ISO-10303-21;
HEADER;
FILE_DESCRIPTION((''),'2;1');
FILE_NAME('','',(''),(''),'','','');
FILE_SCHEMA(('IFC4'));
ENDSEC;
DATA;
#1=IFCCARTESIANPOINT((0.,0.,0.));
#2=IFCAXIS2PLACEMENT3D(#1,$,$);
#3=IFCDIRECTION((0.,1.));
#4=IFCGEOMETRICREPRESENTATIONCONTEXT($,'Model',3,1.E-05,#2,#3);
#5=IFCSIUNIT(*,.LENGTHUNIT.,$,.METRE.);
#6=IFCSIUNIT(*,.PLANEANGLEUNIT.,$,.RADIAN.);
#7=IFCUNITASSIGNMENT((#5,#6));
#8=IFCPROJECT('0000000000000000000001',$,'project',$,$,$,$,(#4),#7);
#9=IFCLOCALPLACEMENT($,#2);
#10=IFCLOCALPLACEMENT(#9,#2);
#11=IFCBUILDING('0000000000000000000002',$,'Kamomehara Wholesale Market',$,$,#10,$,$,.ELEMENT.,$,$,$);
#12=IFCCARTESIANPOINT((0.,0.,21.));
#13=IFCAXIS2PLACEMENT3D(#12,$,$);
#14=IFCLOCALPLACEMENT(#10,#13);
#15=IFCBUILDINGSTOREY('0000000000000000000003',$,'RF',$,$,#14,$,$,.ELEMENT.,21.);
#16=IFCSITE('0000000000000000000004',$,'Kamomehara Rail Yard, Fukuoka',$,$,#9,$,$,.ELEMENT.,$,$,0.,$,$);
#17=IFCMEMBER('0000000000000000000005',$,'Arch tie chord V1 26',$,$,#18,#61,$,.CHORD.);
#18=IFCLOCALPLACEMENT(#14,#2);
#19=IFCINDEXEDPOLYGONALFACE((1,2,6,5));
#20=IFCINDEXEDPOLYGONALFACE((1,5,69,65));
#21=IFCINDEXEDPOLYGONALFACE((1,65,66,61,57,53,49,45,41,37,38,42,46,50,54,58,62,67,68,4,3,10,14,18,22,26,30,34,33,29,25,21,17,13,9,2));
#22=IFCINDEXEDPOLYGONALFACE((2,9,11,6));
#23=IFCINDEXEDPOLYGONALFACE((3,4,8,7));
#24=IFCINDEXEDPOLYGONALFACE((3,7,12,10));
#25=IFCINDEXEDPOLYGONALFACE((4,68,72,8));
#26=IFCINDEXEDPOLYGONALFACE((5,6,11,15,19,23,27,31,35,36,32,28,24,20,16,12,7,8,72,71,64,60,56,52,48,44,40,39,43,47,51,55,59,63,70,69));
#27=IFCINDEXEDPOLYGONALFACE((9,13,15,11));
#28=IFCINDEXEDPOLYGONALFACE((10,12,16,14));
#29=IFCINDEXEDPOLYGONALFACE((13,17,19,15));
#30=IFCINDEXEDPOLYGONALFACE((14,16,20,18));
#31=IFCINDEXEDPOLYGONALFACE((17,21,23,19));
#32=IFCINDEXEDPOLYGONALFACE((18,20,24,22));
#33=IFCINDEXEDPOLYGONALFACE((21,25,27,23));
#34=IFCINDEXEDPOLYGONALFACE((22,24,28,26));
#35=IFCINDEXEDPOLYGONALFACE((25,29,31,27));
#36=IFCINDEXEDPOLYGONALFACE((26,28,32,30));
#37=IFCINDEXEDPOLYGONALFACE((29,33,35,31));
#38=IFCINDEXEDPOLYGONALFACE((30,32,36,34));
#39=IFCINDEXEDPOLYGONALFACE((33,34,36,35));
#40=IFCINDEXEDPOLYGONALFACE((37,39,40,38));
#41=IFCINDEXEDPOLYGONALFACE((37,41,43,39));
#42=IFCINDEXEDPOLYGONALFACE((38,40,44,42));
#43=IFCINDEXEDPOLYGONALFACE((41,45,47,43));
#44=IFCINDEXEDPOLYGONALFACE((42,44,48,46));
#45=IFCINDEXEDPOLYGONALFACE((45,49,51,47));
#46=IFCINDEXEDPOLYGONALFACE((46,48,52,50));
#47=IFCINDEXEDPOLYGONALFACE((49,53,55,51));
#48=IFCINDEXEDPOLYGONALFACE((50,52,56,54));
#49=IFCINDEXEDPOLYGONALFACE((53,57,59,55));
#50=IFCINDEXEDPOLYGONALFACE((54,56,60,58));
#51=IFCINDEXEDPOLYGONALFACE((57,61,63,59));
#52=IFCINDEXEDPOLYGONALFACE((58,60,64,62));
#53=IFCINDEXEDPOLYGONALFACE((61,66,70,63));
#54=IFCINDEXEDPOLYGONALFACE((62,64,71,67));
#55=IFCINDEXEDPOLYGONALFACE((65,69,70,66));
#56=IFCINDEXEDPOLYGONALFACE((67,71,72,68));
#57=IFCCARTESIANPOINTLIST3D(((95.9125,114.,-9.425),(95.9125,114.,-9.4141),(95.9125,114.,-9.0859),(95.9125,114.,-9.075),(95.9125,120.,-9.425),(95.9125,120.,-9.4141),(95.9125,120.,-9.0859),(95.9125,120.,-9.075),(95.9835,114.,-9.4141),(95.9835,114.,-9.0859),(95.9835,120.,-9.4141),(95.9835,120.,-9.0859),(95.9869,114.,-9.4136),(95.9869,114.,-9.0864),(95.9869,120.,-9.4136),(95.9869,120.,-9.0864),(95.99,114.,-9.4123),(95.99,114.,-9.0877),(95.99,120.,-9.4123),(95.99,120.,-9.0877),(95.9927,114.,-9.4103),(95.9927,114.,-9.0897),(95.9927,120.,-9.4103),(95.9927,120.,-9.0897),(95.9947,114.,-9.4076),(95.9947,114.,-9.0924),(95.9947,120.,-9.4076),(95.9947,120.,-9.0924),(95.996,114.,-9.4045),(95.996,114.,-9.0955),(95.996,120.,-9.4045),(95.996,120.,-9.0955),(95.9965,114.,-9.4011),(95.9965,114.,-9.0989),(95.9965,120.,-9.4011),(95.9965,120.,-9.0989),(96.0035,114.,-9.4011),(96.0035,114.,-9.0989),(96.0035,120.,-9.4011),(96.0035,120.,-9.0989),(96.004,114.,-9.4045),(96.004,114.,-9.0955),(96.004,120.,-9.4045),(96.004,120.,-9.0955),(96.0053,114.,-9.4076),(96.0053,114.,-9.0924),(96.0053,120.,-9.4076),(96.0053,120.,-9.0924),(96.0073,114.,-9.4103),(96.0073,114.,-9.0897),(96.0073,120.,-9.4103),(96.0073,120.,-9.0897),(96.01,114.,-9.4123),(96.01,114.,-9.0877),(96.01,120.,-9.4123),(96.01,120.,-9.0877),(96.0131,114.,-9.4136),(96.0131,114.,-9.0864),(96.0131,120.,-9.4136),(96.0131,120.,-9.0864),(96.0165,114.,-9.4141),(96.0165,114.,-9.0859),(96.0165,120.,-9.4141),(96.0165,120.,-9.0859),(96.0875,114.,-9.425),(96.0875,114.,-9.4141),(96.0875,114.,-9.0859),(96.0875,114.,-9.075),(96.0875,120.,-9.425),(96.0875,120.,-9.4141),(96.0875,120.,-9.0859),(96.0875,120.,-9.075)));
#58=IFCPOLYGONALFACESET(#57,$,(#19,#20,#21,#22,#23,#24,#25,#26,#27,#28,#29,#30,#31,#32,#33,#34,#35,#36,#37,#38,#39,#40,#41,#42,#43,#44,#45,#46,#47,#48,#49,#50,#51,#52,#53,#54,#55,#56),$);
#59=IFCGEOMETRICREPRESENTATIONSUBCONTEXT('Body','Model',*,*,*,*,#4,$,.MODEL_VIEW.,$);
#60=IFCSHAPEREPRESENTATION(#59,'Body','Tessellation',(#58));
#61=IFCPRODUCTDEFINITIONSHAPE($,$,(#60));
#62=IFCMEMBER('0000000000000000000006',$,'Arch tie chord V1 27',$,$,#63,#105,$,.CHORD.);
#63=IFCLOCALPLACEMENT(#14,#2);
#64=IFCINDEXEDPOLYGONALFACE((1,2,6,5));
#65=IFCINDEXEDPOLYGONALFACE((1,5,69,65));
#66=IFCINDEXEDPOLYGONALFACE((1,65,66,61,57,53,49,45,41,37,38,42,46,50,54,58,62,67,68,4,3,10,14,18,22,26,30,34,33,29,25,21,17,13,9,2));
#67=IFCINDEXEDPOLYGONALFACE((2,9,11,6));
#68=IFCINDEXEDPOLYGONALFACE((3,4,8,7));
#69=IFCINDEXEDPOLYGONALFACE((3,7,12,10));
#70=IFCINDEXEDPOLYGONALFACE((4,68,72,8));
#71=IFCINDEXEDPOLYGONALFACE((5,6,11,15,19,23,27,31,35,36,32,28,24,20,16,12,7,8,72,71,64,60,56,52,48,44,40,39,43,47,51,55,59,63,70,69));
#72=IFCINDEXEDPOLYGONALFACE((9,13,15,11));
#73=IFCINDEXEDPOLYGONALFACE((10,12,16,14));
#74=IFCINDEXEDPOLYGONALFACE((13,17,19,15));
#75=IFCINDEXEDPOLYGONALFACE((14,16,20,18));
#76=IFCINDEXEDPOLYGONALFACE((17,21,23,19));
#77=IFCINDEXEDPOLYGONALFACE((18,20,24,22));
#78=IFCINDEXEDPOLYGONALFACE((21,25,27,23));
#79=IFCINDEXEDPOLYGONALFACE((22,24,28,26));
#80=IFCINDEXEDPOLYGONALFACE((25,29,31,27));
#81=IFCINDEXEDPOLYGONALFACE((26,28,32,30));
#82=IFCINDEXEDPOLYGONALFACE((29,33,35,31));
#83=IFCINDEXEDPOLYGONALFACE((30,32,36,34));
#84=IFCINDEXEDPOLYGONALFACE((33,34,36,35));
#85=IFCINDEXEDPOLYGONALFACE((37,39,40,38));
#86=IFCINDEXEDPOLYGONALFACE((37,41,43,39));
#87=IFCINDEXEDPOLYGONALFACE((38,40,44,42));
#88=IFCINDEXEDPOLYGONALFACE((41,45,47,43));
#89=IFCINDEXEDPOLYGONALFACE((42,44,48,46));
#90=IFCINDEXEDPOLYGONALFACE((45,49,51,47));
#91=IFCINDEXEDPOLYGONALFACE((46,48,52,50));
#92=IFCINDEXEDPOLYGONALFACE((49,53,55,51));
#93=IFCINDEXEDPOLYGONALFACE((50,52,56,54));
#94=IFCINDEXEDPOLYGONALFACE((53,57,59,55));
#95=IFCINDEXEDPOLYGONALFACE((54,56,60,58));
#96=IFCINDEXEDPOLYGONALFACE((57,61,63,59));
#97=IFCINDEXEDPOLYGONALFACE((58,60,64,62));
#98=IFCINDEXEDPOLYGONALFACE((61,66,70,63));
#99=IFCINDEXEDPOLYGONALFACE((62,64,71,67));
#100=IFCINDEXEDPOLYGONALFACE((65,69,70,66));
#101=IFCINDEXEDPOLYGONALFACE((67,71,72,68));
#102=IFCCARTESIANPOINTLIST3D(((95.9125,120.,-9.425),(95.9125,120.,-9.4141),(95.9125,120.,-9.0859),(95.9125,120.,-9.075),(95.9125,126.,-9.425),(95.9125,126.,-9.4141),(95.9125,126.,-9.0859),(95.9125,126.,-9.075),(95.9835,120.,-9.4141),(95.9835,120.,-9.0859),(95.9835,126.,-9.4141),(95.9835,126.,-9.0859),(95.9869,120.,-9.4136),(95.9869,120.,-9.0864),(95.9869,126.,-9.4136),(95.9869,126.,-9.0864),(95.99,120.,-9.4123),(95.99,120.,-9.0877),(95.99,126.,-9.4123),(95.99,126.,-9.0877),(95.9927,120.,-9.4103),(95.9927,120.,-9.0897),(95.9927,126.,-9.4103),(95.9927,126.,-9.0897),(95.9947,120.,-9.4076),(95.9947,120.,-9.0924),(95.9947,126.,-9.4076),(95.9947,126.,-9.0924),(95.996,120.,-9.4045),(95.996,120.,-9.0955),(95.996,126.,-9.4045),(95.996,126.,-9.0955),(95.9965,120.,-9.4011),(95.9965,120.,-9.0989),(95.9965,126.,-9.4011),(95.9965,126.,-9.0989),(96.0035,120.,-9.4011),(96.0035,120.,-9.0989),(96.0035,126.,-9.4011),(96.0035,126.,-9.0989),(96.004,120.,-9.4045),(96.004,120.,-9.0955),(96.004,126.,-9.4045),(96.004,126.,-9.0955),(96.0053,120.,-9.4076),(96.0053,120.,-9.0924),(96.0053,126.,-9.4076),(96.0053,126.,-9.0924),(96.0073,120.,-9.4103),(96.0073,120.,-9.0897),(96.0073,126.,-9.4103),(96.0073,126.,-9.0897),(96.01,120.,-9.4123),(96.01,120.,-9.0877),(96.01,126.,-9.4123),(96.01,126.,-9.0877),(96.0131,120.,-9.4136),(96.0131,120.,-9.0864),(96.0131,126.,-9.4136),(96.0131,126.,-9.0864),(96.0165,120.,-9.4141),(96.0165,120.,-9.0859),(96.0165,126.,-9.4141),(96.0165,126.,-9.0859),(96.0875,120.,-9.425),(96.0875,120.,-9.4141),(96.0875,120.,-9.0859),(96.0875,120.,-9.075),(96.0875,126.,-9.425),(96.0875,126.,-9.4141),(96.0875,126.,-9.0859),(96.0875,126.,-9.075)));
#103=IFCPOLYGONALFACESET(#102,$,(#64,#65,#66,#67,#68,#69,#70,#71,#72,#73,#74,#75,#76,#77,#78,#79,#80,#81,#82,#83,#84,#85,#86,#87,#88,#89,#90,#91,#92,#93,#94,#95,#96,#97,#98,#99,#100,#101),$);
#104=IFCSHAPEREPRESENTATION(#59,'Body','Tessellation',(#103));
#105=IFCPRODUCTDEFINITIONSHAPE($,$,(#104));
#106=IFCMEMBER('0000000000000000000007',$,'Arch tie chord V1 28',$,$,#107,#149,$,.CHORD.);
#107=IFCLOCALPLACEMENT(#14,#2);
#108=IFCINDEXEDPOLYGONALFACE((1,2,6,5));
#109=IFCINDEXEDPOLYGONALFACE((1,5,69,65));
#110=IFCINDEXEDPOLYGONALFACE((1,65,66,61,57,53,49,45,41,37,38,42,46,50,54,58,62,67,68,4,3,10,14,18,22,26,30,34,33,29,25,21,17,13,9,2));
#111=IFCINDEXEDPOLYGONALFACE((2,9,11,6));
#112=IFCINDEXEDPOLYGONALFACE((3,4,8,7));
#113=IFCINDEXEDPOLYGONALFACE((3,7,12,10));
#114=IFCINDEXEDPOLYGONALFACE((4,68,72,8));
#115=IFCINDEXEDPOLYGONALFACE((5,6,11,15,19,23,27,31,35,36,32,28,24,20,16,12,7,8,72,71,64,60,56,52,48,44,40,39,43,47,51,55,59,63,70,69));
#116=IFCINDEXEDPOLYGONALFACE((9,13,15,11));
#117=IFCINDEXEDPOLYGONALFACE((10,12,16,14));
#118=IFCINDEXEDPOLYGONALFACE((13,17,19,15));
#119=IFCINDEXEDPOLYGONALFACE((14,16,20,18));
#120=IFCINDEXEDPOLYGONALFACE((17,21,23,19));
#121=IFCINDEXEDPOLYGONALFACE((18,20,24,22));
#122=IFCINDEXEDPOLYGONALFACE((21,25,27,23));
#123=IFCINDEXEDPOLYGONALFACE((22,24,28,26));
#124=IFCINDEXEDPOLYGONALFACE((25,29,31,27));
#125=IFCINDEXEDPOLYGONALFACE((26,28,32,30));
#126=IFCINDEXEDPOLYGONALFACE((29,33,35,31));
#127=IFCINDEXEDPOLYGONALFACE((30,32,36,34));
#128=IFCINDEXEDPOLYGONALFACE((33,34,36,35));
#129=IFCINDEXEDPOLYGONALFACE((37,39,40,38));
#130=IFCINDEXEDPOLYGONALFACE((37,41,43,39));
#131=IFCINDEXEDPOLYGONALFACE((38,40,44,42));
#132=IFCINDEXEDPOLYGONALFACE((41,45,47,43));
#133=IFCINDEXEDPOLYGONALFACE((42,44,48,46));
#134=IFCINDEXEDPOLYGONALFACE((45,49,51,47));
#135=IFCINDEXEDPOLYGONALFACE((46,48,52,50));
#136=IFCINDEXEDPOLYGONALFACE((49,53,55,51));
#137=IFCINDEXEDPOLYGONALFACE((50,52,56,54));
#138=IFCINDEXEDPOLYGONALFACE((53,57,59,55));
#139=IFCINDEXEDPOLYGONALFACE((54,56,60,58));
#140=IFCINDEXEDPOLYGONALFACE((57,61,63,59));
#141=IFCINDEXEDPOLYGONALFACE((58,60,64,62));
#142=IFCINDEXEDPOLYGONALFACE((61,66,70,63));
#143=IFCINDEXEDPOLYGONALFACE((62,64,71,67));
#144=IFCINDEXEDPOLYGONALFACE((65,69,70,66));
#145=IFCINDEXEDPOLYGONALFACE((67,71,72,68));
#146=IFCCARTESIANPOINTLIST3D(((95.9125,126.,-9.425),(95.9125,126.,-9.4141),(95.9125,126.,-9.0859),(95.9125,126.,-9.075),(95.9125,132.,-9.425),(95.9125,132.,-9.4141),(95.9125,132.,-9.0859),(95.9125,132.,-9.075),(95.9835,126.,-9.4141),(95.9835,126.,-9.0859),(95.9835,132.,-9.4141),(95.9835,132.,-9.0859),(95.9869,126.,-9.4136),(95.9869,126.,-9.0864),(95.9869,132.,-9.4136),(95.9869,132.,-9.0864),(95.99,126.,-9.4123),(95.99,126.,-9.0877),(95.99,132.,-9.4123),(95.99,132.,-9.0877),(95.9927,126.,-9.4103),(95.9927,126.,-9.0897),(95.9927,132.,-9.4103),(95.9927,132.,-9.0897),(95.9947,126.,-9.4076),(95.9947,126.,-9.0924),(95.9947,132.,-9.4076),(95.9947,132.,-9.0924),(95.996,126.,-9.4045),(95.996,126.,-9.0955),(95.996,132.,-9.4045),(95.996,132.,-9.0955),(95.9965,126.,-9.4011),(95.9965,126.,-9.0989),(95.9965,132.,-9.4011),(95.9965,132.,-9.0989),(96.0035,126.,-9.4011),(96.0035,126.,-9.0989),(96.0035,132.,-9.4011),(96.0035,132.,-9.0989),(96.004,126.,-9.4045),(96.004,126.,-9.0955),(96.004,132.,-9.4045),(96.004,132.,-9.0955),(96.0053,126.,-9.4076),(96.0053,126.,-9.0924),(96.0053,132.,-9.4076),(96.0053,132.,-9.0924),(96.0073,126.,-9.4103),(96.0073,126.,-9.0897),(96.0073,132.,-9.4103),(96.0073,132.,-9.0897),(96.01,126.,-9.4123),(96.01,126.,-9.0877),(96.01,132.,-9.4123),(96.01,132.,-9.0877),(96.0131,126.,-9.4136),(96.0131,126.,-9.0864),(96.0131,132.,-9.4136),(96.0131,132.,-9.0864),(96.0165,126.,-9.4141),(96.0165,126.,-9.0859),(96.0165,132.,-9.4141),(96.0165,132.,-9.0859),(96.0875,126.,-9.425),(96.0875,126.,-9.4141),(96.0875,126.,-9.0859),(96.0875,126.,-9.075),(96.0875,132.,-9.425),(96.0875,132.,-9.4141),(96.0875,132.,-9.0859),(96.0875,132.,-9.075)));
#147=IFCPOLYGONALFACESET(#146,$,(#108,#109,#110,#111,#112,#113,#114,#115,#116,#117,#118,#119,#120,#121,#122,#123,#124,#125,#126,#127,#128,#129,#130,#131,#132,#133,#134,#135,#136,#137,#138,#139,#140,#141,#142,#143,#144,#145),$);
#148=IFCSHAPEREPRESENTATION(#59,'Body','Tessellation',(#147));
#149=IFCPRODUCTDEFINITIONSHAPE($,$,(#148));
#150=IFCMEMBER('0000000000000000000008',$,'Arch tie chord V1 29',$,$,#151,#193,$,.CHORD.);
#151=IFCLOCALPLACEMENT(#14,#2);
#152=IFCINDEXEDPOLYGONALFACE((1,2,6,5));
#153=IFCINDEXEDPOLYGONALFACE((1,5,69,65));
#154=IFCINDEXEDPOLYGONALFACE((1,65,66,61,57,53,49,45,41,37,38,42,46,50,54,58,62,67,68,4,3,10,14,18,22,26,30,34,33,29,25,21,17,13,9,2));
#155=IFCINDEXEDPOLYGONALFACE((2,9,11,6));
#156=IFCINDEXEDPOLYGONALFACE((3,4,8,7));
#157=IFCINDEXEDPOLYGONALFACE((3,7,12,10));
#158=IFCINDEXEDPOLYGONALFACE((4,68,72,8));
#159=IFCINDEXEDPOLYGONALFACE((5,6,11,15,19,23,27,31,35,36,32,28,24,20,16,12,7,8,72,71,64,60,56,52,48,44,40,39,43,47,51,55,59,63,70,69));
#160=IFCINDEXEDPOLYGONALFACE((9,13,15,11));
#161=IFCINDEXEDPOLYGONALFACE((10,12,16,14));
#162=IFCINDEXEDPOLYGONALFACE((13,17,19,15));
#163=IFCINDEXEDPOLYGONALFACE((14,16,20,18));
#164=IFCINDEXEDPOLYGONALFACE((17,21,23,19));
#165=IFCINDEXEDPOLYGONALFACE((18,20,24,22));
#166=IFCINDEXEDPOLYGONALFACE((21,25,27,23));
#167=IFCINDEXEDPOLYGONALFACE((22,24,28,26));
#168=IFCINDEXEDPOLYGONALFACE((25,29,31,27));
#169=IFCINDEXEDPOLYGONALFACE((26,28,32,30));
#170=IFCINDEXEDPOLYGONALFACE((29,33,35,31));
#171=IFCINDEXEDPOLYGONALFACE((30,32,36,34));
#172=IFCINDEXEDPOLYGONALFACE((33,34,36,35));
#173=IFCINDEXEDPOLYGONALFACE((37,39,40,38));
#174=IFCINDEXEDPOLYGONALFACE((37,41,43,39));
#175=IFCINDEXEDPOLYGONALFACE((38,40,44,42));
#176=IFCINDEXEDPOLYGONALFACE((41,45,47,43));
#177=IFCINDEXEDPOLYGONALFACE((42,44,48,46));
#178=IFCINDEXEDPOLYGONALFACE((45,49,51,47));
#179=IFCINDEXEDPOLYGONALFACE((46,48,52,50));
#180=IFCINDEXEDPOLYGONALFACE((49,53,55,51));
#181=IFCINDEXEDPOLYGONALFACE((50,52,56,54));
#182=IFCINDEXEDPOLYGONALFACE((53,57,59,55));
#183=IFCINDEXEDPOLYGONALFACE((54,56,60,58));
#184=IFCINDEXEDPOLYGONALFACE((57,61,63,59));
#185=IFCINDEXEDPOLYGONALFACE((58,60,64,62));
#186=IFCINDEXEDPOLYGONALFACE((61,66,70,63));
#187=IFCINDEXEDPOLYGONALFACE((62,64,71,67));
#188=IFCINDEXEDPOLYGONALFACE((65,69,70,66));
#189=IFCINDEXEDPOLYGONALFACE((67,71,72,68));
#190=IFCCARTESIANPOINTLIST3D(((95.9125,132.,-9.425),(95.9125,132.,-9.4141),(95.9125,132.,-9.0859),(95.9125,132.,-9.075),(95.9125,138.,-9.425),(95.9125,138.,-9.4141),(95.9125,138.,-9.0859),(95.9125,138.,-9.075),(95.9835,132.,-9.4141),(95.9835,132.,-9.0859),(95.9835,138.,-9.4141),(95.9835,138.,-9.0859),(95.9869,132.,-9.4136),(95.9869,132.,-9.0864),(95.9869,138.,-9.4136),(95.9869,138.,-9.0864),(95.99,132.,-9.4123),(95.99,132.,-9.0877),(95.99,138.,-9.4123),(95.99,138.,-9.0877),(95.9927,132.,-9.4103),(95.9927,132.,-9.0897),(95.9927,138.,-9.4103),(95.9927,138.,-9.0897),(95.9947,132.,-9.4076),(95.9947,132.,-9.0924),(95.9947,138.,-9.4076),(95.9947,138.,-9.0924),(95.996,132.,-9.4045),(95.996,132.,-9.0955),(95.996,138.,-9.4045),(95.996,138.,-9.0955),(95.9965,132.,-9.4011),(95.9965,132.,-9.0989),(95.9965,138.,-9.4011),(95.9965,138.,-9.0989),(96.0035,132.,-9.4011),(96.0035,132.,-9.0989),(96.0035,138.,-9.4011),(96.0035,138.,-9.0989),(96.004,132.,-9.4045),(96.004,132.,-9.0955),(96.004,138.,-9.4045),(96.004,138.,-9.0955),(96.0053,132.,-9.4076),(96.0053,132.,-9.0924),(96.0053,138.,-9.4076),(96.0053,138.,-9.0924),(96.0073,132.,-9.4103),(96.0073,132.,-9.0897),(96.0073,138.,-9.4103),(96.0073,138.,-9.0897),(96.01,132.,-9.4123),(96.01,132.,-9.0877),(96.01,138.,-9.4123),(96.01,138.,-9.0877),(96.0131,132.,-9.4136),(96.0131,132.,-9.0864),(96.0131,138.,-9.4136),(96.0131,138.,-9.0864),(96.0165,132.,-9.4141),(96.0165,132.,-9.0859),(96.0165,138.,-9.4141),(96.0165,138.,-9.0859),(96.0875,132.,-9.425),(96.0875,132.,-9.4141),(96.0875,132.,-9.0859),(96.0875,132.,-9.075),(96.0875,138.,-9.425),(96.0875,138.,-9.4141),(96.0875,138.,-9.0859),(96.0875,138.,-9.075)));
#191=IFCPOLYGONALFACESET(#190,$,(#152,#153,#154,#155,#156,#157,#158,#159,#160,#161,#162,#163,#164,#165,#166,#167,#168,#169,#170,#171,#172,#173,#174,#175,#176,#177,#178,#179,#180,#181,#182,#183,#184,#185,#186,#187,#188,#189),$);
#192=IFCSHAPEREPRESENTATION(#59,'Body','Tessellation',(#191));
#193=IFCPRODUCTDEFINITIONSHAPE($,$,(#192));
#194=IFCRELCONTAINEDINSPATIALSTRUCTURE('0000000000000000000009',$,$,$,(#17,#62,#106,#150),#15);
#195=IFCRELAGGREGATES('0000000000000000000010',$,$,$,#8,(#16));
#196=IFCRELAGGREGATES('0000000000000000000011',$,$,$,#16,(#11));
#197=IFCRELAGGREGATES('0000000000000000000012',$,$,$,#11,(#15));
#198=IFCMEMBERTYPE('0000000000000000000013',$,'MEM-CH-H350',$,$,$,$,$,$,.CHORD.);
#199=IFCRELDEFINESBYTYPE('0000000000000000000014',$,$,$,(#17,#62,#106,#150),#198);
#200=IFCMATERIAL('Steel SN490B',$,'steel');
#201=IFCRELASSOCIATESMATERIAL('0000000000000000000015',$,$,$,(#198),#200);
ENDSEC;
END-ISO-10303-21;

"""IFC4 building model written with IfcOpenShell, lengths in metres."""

from ifc_helpers import new_model, si_unit, direction, frame, origin, origin_2d, place, context, subcontext, project, spatial, i_section, extrude, material, material_profile, profile_set, type_object, element, save


model = new_model("IFC4")

# Units and contexts
model_context = context("Model", 3, precision=1e-05, world=origin(), true_north=direction((0.0, 1.0)))
body_context = subcontext(model_context, "Body", "Model", "MODEL_VIEW")
ifc_project = project(units=[si_unit("LENGTHUNIT", "METRE"), si_unit("PLANEANGLEUNIT", "RADIAN")], contexts=[model_context])

# Site, building, storey
site_placement = place(None, origin())
site = spatial("IfcSite", under=ifc_project, at=site_placement, Name="Kamomehara Rail Yard, Fukuoka", CompositionType="ELEMENT", RefElevation=0.0)
building_placement = place(site_placement, origin())
building = spatial("IfcBuilding", under=site, at=building_placement, Name="Kamomehara Wholesale Market", CompositionType="ELEMENT")
storey_placement = place(building_placement, frame((0.0, 0.0, 21.0)))
storey = spatial("IfcBuildingStorey", under=building, at=storey_placement, Name="RF", CompositionType="ELEMENT", Elevation=21.0)

# Members
ifc_material_1 = material(Name="Steel SN490B", Category="steel")
ifc_material_profile_1 = material_profile(ifc_material_1, i_section(OverallWidth=0.175, OverallDepth=0.3501, WebThickness=0.0071, FlangeThickness=0.011, FilletRadius=0.0129, at=origin_2d()), Name="H-350x175x7x11")
ifc_profile_set_1 = profile_set([ifc_material_profile_1], Name="Steel SN490B")
member_type_1 = type_object("IfcMemberType", Name="MEM-CH-H350", PredefinedType="CHORD", material=ifc_profile_set_1)
for number, where, z_axis, x_axis, name in (
    (1, (96.0, 114.0, -9.25), (0.0, 1.0, 0.0), (-1.0, 0.0, 0.0), "Arch tie chord V1 26"),
    (2, (96.0, 120.0, -9.25), (0.0, 1.0, 0.0), (-1.0, 0.0, 0.0), "Arch tie chord V1 27"),
    (3, (96.0, 126.0, -9.25), (0.0, 1.0, 0.0), (-1.0, 0.0, 0.0), "Arch tie chord V1 28"),
    (4, (96.0, 132.0, -9.25), (0.0, 1.0, 0.0), (-1.0, 0.0, 0.0), "Arch tie chord V1 29"),
):
    element("IfcMember", number, at=place(storey_placement, frame(where, z_axis=z_axis, x_axis=x_axis)), inside=storey, type_object=member_type_1, Name=name, PredefinedType="CHORD", context=body_context, shape_type="SweptSolid", body=[
        extrude(i_section(OverallWidth=0.175, OverallDepth=0.3501, WebThickness=0.0071, FlangeThickness=0.011, FilletRadius=0.0129, at=origin_2d()), origin(), (0.0, 0.0, 1.0), 6.0),
    ])

save(model, "model.ifc")
